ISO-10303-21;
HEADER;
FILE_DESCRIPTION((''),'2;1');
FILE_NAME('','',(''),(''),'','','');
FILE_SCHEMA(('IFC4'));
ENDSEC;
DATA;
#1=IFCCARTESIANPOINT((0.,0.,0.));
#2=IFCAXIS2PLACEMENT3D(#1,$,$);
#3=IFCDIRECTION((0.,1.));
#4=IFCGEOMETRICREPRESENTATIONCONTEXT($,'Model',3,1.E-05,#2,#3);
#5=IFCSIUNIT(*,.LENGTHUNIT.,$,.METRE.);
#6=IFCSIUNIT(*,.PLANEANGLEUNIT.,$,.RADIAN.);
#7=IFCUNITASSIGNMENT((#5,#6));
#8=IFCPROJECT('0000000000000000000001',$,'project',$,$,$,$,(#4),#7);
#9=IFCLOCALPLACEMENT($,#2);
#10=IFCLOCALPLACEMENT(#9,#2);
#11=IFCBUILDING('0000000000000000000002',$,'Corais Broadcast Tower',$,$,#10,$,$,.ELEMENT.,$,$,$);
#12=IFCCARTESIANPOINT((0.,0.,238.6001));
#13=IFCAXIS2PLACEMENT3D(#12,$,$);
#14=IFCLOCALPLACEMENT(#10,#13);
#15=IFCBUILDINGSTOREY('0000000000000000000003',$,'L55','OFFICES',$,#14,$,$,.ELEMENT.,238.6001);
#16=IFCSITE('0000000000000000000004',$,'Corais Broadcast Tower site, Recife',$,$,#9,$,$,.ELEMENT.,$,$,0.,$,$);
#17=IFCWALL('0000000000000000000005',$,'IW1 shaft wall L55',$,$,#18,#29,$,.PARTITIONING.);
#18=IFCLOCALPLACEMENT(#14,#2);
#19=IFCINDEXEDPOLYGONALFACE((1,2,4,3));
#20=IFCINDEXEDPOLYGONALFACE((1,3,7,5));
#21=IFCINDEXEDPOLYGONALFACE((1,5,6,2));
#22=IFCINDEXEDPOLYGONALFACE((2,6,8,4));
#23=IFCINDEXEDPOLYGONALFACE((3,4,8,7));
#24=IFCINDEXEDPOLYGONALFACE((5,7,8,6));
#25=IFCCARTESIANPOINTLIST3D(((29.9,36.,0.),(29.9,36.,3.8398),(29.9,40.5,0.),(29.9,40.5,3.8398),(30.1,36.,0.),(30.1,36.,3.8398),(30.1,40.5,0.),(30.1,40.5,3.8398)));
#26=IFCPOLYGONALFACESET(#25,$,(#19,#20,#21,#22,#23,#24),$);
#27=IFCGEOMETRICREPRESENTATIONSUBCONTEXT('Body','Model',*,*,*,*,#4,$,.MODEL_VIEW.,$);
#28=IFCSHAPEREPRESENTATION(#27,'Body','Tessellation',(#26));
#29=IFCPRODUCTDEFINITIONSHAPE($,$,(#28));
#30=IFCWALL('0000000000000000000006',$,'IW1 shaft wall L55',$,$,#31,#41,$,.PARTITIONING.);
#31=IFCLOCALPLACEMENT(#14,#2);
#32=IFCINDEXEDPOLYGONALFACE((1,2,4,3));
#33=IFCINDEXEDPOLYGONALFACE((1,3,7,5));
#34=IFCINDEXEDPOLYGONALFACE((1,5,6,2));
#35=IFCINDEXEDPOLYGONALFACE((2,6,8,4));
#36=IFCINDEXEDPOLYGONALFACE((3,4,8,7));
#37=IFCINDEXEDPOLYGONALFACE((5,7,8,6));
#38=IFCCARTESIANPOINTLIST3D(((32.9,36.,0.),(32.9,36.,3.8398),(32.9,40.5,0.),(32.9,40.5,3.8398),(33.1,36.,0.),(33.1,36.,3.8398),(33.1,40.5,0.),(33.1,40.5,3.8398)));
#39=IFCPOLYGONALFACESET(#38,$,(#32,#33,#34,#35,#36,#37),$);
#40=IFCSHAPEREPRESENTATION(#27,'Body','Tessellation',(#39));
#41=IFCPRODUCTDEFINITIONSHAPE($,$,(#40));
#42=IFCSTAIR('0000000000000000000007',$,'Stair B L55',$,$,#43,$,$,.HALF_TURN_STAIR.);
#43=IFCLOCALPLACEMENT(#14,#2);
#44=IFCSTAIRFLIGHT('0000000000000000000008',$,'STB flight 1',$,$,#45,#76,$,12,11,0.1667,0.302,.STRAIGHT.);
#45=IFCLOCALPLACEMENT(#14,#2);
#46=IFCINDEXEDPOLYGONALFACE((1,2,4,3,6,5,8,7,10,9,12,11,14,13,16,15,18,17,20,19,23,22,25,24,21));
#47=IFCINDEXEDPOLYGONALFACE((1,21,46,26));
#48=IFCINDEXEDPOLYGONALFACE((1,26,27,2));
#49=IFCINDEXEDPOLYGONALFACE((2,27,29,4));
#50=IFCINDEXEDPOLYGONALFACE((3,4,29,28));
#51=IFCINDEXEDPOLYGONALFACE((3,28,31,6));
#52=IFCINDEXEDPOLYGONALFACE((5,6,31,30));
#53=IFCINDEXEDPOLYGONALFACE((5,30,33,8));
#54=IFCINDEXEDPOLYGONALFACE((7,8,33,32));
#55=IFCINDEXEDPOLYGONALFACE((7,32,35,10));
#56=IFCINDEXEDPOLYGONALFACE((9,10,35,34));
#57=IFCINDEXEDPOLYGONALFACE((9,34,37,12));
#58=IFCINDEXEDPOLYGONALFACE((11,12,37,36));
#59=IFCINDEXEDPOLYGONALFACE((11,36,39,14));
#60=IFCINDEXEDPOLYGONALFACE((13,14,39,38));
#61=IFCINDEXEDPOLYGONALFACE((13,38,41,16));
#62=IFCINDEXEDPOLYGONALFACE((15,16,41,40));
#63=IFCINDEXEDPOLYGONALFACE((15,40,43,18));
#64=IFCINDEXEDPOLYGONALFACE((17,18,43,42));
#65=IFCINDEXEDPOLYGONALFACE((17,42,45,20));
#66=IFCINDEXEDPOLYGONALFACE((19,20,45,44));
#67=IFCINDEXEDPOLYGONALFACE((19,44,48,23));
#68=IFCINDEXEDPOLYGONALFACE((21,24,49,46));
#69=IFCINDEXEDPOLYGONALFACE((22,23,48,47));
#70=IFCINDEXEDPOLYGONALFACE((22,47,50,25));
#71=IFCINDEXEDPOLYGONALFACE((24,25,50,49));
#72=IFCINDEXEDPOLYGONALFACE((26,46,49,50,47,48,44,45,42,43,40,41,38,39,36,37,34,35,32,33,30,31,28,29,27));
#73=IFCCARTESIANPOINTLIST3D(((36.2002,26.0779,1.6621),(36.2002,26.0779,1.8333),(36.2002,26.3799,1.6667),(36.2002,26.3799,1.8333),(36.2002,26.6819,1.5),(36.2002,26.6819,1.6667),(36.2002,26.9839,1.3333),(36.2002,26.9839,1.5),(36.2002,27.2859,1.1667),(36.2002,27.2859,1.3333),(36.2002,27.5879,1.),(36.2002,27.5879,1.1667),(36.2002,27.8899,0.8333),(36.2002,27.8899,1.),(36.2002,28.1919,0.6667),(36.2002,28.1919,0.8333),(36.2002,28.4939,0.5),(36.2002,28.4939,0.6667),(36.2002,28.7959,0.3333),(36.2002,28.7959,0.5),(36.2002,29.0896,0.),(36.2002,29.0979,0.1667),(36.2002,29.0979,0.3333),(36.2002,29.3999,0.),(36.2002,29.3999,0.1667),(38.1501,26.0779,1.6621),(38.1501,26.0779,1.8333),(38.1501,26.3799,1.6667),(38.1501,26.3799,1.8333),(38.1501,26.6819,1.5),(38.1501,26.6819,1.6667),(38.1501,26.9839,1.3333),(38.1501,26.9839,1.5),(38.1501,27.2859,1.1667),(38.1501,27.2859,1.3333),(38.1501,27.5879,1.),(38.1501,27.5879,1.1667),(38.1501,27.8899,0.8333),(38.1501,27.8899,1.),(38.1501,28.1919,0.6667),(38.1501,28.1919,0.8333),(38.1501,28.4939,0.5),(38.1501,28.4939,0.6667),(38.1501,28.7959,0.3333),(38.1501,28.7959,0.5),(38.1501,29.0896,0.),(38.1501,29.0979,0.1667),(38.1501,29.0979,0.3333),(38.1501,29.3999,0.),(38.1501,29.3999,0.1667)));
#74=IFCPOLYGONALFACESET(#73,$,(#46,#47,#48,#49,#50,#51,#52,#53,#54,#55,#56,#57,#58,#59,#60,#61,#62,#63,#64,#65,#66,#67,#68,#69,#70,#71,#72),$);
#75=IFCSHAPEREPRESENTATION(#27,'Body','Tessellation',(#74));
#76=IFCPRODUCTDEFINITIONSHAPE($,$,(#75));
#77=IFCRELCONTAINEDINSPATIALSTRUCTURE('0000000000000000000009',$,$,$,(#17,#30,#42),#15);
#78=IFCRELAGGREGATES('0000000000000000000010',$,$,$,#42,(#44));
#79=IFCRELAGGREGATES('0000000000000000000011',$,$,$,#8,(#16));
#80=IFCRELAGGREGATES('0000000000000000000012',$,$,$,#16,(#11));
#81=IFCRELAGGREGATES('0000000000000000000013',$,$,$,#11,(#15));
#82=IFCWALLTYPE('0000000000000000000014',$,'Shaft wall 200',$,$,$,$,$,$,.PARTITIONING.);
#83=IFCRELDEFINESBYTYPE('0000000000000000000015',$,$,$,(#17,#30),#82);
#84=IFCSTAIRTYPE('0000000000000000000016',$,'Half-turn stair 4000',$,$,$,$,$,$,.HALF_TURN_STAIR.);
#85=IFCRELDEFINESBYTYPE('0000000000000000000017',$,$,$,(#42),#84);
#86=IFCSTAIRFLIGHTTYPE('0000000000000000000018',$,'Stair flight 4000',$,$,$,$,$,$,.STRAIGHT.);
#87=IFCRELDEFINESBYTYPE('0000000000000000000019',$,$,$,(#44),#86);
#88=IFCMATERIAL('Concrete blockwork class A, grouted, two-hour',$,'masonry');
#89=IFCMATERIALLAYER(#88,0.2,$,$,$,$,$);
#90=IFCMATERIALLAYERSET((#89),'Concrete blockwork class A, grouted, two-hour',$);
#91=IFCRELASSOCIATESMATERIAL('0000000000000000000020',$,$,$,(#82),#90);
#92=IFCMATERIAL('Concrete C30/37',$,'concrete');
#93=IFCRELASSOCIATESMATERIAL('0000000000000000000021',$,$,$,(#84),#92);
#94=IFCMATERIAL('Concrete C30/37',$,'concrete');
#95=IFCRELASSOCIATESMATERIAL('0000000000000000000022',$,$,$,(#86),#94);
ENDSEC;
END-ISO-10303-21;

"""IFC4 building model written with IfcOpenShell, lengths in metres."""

from ifc_helpers import new_model, si_unit, direction, frame, frame_2d, origin, place, context, subcontext, project, spatial, polyline, rectangle, outline, extrude, material, layer, layer_set, type_object, element, aggregate, save


model = new_model("IFC4")

# Units and contexts
model_context = context("Model", 3, precision=1e-05, world=origin(), true_north=direction((0.0, 1.0)))
body_context = subcontext(model_context, "Body", "Model", "MODEL_VIEW")
ifc_project = project(units=[si_unit("LENGTHUNIT", "METRE"), si_unit("PLANEANGLEUNIT", "RADIAN")], contexts=[model_context])

# Site, building, storey
site_placement = place(None, origin())
site = spatial("IfcSite", under=ifc_project, at=site_placement, Name="Corais Broadcast Tower site, Recife", CompositionType="ELEMENT", RefElevation=0.0)
building_placement = place(site_placement, origin())
building = spatial("IfcBuilding", under=site, at=building_placement, Name="Corais Broadcast Tower", CompositionType="ELEMENT")
storey_placement = place(building_placement, frame((0.0, 0.0, 238.6001)))
storey = spatial("IfcBuildingStorey", under=building, at=storey_placement, Name="L55", Description="OFFICES", CompositionType="ELEMENT", Elevation=238.6001)

# Walls
ifc_material_1 = material(Name="Concrete blockwork class A, grouted, two-hour", Category="masonry")
ifc_layer_1 = layer(ifc_material_1, 0.2)
ifc_layer_set_1 = layer_set([ifc_layer_1], Name="Concrete blockwork class A, grouted, two-hour")
wall_type_1 = type_object("IfcWallType", Name="Shaft wall 200", PredefinedType="PARTITIONING", material=ifc_layer_set_1)
for number, where, z_axis, x_axis, name in (
    (1, (30.0, 36.0, 0.0), (0.0, 0.0, 1.0), (0.0, 1.0, 0.0), "IW1 shaft wall L55"),
    (2, (33.0, 36.0, 0.0), (0.0, 0.0, 1.0), (0.0, 1.0, 0.0), "IW1 shaft wall L55"),
):
    element("IfcWall", number, at=place(storey_placement, frame(where, z_axis=z_axis, x_axis=x_axis)), inside=storey, type_object=wall_type_1, Name=name, PredefinedType="PARTITIONING", context=body_context, shape_type="SweptSolid", body=[
        extrude(rectangle(XDim=4.5, YDim=0.2, at=frame_2d((2.25, 0.0))), origin(), (0.0, 0.0, 1.0), 3.8398),
    ])

# Stair, stair flight
ifc_material_2 = material(Name="Concrete C30/37", Category="concrete")
stair_type = type_object("IfcStairType", Name="Half-turn stair 4000", PredefinedType="HALF_TURN_STAIR", material=ifc_material_2)
stair_placement = place(storey_placement, origin())
stair = element("IfcStair", 3, at=stair_placement, inside=storey, type_object=stair_type, Name="Stair B L55", PredefinedType="HALF_TURN_STAIR")
ifc_material_3 = material(Name="Concrete C30/37", Category="concrete")
stair_flight_type = type_object("IfcStairFlightType", Name="Stair flight 4000", PredefinedType="STRAIGHT", material=ifc_material_3)
stair_flight_placement = place(storey_placement, frame((37.175, 29.3999, 0.0), z_axis=(0.0, 0.0, 1.0), x_axis=(0.0, -1.0, 0.0)))
stair_flight = element("IfcStairFlight", 4, at=stair_flight_placement, type_object=stair_flight_type, Name="STB flight 1", NumberOfRisers=12, NumberOfTreads=11, PredefinedType="STRAIGHT", RiserHeight=0.1667, TreadLength=0.302, context=body_context, shape_type="SweptSolid", body=[
    extrude(outline(polyline([(0.0, 0.0), (0.0, 0.1667), (0.302, 0.1667), (0.302, 0.3333), (0.604, 0.3333), (0.604, 0.5), (0.906, 0.5), (0.906, 0.6667), (1.208, 0.6667), (1.208, 0.8333), (1.51, 0.8333), (1.51, 1.0), (1.812, 1.0), (1.812, 1.1667), (2.114, 1.1667), (2.114, 1.3333), (2.416, 1.3333), (2.416, 1.5), (2.718, 1.5), (2.718, 1.6667), (3.02, 1.6667), (3.02, 1.8333), (3.322, 1.8333), (3.322, 2.0), (3.322, 1.6621), (0.3103, 0.0), (0.0, 0.0)])), frame((0.0, 0.9751, 0.0), z_axis=(0.0, -1.0, 0.0), x_axis=(1.0, 0.0, 0.0)), (0.0, 0.0, 1.0), 1.95),
])
aggregate(stair, [stair_flight])

save(model, "model.ifc")
